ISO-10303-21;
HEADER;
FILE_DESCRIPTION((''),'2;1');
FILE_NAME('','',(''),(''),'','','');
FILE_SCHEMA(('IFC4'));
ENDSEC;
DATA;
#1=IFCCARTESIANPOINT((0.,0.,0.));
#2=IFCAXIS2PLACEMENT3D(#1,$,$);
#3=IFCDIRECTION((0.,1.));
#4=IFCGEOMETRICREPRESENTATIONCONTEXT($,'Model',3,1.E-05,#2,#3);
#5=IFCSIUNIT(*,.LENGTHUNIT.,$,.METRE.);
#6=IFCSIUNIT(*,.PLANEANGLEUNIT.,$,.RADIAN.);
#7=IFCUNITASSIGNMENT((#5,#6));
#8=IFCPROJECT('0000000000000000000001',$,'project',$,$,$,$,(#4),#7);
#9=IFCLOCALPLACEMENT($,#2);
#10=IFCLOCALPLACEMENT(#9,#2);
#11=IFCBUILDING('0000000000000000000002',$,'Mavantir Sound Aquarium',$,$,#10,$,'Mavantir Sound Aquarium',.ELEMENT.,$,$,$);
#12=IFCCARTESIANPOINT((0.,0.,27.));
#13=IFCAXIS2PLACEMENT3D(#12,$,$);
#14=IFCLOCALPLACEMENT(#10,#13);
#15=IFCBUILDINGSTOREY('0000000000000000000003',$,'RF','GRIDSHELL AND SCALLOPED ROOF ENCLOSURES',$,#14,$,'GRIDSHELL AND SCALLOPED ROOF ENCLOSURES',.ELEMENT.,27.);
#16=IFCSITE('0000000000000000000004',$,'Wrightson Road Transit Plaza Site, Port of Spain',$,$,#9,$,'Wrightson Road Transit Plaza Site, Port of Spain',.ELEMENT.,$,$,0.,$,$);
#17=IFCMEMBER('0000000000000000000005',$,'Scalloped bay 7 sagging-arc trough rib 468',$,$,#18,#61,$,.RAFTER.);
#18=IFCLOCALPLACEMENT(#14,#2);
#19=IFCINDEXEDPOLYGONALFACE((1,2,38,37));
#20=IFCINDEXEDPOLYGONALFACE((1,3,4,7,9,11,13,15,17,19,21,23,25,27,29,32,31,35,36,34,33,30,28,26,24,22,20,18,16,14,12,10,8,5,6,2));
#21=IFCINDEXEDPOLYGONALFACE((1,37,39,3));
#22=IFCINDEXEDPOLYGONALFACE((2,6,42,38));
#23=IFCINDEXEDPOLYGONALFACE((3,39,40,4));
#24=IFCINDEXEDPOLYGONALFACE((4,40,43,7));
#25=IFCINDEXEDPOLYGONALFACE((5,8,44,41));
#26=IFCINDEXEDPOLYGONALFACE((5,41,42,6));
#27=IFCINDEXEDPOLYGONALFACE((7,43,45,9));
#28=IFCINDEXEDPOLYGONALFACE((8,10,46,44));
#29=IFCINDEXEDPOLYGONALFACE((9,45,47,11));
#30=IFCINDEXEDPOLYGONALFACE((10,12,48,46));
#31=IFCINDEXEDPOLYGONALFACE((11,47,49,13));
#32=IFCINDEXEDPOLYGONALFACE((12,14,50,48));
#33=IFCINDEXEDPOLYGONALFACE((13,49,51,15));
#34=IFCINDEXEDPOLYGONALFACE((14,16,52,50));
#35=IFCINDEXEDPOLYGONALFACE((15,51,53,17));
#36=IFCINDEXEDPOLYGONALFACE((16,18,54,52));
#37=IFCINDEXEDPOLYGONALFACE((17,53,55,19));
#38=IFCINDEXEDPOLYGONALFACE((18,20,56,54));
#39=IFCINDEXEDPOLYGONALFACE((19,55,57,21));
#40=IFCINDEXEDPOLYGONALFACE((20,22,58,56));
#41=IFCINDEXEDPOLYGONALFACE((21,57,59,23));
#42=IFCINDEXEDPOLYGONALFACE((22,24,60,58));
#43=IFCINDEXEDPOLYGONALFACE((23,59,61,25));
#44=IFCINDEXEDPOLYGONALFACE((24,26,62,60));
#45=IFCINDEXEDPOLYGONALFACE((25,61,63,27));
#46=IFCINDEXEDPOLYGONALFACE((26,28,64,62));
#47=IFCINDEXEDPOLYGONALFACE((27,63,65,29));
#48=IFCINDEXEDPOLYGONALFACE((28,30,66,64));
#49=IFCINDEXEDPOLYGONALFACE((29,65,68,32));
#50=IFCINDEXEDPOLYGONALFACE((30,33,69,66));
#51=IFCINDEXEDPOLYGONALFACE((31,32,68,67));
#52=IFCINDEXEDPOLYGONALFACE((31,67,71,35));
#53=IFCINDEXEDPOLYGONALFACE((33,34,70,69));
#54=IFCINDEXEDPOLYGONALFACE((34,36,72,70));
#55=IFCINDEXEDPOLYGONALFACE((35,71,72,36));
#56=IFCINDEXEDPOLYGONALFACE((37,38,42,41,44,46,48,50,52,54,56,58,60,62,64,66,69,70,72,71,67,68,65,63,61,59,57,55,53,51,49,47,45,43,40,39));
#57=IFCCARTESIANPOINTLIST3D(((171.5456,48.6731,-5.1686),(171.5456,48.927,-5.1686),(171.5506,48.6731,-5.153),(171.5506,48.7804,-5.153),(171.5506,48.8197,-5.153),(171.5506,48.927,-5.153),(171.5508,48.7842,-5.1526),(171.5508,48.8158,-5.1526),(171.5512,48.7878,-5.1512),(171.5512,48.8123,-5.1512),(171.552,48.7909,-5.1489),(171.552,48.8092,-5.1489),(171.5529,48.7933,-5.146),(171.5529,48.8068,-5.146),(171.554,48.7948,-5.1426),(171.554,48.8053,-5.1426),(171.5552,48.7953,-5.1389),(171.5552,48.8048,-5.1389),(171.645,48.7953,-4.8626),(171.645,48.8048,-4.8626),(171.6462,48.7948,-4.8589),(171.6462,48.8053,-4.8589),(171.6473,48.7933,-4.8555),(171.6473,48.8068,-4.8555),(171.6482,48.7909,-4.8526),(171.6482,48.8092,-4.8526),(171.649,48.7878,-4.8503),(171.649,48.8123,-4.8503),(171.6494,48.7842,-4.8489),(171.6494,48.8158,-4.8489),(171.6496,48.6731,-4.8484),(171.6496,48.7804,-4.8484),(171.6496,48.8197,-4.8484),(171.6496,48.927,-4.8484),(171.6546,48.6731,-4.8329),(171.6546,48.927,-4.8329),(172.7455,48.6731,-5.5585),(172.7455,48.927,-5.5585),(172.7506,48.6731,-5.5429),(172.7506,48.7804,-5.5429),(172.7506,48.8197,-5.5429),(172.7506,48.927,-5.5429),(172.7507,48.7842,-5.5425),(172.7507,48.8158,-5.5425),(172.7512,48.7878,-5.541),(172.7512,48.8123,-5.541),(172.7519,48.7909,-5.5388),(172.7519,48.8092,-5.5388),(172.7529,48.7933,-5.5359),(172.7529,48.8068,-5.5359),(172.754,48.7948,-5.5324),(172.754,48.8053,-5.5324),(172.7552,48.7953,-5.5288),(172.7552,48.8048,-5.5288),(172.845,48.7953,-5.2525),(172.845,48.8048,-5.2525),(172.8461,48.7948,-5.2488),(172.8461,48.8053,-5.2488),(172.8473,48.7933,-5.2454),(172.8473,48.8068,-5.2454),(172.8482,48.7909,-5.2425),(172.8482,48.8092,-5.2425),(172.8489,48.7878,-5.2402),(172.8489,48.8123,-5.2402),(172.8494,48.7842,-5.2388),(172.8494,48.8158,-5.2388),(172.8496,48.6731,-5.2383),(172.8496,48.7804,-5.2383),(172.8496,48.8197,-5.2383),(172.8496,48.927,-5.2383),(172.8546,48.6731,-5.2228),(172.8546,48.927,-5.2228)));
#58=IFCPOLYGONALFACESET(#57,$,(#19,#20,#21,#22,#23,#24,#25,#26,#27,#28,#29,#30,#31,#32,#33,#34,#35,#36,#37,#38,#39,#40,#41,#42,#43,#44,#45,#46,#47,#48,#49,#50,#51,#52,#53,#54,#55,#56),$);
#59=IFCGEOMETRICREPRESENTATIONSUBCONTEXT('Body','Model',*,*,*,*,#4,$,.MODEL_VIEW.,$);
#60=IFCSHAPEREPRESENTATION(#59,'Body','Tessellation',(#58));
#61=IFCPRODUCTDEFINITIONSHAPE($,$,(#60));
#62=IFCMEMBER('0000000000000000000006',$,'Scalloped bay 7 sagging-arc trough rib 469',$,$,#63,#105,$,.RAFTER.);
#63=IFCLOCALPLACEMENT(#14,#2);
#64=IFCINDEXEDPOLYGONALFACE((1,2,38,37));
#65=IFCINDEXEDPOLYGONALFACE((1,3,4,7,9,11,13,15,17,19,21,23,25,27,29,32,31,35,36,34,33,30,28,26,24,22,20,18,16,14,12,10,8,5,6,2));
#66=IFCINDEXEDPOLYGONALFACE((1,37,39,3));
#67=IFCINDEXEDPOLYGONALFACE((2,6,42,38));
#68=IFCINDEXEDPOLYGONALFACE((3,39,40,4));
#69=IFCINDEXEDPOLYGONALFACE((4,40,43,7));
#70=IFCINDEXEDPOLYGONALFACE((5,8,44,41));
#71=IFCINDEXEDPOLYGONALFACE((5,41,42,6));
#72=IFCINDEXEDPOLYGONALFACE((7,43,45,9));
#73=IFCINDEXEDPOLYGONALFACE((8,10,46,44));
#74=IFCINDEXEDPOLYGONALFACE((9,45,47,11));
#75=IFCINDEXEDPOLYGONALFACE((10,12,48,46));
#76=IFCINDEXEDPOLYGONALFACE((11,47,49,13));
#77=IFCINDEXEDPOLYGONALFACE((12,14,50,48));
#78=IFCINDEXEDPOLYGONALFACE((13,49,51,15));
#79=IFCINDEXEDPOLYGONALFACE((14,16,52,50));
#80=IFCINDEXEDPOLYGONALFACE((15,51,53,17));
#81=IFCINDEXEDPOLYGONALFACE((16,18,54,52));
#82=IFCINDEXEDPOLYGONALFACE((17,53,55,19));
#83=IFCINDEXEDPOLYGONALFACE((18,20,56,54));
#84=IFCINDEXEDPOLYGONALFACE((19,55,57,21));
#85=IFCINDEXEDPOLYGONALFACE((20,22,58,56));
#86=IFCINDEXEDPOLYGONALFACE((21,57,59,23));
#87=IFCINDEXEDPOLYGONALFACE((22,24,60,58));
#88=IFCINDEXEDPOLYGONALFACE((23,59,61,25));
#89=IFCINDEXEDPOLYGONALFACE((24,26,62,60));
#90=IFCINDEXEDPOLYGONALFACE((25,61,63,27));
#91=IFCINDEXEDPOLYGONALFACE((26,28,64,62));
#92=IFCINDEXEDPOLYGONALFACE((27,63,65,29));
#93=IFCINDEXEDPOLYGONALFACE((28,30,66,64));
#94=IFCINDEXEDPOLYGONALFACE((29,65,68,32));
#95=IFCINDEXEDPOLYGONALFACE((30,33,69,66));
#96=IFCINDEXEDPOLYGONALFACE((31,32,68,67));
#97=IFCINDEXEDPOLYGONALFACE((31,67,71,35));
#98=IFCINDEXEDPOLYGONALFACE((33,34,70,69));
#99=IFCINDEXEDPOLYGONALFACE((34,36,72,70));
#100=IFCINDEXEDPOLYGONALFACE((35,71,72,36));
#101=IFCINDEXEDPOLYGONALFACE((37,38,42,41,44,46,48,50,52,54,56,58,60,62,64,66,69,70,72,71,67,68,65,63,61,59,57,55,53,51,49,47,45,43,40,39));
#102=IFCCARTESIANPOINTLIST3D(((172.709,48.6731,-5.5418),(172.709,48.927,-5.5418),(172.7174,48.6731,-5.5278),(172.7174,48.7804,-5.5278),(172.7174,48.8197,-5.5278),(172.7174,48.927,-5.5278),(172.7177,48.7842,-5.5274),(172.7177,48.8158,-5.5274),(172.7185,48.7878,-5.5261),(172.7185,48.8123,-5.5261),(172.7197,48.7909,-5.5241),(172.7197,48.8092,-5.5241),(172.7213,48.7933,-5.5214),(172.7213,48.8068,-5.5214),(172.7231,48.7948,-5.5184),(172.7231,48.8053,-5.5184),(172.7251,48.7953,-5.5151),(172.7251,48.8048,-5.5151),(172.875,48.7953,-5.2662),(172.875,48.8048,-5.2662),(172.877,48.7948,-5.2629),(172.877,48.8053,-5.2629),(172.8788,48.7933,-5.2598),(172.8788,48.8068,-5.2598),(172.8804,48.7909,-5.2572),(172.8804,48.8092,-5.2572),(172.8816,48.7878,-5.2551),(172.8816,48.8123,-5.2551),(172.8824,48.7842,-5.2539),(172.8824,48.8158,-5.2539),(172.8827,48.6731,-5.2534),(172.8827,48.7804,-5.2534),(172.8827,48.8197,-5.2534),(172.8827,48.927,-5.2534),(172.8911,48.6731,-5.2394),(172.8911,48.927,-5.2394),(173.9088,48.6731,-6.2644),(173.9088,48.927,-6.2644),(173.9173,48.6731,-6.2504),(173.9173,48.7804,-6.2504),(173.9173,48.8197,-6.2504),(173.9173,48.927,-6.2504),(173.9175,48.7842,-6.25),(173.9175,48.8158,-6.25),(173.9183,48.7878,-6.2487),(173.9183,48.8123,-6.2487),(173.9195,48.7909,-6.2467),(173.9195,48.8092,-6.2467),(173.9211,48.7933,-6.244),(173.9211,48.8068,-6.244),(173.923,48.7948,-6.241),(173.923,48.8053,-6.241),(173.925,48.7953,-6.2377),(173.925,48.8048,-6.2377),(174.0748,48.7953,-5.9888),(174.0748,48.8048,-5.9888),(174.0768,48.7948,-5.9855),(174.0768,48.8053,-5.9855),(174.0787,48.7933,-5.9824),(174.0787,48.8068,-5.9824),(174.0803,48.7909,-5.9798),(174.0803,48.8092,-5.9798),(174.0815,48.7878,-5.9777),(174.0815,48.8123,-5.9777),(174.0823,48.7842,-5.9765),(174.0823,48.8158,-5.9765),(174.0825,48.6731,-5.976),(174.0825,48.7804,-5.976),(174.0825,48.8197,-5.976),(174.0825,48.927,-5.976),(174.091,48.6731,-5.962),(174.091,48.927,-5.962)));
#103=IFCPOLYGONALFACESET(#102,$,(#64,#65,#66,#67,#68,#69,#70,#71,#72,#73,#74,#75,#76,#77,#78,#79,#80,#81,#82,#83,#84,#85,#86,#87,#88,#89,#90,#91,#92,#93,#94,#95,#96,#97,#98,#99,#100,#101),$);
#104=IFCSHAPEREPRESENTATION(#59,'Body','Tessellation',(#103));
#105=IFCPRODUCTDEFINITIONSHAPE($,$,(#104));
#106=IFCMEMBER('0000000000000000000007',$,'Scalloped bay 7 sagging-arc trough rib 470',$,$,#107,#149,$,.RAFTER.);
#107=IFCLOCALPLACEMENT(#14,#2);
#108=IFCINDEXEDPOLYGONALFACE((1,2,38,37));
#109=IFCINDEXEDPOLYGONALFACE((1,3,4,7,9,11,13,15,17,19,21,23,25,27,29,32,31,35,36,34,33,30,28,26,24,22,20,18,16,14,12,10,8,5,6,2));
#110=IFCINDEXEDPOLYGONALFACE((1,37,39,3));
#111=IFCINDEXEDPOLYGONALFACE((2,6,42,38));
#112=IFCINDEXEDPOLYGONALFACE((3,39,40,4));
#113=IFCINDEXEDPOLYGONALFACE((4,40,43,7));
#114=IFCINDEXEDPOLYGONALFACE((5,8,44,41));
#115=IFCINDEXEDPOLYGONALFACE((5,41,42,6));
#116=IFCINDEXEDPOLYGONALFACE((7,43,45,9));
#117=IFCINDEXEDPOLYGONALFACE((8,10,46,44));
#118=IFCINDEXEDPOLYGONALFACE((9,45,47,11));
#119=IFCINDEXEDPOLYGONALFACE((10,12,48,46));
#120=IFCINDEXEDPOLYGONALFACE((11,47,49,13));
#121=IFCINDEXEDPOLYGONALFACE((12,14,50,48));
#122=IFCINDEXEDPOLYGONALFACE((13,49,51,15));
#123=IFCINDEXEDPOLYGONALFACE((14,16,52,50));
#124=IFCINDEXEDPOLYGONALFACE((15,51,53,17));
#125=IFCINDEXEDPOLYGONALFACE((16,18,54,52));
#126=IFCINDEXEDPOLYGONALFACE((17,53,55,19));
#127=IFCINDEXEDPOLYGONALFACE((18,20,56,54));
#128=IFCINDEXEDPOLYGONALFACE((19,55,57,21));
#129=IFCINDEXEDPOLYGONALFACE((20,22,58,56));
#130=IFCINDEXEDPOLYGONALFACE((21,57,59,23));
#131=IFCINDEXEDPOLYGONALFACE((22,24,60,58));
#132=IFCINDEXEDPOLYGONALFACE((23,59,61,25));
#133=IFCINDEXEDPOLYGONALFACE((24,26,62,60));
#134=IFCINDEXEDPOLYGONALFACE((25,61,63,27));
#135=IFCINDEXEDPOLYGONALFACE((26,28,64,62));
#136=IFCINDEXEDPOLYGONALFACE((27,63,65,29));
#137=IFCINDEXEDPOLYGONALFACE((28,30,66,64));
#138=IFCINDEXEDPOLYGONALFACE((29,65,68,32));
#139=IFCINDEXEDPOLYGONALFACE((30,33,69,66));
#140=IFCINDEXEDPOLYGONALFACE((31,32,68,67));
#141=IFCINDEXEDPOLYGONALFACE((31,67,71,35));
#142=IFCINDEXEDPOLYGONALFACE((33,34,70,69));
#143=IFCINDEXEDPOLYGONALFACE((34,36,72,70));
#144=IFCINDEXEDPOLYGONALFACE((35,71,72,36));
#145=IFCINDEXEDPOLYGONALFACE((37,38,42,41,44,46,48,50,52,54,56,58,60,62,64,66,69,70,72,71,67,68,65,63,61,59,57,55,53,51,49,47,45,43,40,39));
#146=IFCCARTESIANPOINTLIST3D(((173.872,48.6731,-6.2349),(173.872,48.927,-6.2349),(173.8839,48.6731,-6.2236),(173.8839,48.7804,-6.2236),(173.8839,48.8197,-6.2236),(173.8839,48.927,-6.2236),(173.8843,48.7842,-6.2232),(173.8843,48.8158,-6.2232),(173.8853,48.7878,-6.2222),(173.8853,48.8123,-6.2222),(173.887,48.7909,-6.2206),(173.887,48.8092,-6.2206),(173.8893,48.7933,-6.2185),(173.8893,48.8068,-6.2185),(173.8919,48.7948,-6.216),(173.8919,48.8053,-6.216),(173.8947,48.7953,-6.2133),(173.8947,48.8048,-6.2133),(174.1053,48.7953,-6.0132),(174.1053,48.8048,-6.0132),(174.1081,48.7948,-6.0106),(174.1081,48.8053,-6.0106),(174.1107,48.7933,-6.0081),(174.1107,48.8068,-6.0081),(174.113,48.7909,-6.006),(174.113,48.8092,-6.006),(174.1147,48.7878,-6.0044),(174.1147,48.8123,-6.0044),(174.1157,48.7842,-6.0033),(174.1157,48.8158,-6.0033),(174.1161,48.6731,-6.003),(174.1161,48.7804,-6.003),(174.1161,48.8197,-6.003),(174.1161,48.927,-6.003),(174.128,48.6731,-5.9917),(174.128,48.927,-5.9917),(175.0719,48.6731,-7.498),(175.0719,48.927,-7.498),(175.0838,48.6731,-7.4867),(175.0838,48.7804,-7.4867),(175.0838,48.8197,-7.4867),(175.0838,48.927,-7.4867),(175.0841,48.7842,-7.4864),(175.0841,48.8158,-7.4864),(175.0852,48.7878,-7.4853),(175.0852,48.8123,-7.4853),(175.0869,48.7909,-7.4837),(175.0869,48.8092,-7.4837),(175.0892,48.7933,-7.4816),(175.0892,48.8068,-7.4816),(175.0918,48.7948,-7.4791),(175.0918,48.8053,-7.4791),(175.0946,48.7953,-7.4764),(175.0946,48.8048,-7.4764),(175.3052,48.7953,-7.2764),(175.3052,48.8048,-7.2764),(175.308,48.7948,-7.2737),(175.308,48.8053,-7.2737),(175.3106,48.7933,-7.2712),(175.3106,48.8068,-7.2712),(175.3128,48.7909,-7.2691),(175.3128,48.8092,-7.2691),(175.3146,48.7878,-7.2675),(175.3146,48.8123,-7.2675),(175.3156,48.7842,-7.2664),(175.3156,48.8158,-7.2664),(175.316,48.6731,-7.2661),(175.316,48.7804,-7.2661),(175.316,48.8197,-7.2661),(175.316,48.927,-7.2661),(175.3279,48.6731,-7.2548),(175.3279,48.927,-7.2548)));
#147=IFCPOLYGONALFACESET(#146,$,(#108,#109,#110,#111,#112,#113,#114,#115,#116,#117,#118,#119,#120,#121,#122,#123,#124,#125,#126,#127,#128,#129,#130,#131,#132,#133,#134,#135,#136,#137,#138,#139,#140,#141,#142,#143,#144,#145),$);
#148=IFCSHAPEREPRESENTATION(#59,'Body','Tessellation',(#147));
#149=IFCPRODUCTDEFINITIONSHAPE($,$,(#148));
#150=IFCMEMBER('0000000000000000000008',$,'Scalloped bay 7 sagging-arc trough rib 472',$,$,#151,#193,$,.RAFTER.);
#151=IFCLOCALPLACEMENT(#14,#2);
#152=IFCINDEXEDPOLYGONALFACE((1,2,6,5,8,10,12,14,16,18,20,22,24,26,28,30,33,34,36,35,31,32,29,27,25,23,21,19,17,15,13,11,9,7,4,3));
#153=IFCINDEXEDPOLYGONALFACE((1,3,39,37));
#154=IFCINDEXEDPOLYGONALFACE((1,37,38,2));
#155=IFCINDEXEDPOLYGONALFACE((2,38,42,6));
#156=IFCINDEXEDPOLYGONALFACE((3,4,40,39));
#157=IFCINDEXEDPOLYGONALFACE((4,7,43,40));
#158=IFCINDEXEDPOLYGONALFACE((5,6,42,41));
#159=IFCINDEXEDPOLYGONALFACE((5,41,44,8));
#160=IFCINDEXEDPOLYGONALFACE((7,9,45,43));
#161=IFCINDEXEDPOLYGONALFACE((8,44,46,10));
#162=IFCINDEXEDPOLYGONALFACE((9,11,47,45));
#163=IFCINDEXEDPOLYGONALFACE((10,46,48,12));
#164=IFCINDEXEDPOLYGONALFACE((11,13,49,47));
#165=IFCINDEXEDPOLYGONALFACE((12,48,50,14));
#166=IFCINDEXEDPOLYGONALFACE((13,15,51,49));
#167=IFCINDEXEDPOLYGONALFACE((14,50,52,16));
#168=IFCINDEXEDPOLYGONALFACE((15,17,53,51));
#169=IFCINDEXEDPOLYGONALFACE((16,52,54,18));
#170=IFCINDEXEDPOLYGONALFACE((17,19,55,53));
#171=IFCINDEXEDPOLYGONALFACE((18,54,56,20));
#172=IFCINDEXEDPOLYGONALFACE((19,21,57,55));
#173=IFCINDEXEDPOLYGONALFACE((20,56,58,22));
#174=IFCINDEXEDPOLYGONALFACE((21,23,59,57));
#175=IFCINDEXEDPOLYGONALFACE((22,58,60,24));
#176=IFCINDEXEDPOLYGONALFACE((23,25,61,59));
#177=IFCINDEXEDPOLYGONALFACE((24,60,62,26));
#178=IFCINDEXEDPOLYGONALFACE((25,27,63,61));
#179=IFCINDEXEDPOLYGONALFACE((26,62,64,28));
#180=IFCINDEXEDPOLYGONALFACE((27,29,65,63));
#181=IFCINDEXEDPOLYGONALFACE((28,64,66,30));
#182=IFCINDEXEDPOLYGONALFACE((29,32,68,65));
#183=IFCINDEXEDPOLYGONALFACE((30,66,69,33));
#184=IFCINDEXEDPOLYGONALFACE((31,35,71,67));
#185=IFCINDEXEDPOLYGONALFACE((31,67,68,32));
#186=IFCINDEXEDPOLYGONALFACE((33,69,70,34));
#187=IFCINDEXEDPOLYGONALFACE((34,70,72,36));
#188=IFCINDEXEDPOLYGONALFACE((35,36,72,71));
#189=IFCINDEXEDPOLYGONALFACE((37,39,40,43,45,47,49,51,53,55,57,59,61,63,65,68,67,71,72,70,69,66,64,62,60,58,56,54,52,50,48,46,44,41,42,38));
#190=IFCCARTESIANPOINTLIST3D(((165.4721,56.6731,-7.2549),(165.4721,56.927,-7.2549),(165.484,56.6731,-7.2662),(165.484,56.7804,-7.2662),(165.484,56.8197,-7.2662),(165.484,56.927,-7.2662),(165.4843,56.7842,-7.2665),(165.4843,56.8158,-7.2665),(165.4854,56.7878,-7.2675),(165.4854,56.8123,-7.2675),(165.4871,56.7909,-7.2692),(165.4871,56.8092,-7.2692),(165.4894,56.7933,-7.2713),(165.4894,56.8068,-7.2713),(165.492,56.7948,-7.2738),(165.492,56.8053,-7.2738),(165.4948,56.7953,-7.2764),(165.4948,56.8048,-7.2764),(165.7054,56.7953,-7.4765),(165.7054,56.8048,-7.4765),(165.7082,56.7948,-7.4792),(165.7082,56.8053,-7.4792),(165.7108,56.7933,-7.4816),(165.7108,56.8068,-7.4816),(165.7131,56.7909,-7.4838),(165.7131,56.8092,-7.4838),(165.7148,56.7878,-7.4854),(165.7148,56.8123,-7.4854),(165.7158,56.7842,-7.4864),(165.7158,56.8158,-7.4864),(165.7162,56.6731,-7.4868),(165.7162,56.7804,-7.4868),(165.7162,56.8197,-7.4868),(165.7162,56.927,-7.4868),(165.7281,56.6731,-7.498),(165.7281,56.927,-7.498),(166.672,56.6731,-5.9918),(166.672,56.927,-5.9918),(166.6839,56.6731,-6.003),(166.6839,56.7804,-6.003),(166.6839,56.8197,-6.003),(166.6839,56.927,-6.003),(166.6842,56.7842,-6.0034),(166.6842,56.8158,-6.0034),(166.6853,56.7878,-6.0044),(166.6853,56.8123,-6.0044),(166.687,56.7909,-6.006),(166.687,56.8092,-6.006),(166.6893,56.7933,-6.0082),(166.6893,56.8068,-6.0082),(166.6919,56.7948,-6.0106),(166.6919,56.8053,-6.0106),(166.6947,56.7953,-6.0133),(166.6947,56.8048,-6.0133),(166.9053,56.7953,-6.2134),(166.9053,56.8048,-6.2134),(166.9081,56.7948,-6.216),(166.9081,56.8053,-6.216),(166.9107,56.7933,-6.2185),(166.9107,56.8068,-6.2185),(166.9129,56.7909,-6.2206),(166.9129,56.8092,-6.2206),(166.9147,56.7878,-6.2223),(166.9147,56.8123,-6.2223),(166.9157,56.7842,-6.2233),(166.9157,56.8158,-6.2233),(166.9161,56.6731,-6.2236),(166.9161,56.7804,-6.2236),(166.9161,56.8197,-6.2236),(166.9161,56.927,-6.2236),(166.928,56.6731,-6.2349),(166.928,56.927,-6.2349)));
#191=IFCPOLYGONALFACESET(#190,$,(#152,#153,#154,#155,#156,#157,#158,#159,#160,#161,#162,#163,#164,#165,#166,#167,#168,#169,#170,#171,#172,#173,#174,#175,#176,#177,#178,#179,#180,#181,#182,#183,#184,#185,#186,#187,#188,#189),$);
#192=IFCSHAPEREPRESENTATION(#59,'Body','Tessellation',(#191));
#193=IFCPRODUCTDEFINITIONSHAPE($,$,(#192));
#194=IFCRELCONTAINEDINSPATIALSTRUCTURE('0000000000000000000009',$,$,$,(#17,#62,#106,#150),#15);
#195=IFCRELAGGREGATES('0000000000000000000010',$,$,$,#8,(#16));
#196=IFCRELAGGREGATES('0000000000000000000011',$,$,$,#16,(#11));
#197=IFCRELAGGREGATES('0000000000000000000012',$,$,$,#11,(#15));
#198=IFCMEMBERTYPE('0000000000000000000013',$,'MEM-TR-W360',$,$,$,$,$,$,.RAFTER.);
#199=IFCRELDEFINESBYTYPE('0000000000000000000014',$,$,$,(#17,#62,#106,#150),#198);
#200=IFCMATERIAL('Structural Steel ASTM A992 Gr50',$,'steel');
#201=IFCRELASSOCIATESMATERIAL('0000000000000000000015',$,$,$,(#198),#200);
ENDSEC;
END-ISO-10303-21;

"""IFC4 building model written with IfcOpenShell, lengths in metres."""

from ifc_helpers import new_model, si_unit, direction, frame, origin, origin_2d, place, context, subcontext, project, spatial, i_section, extrude, material, material_profile, profile_set, type_object, element, save


model = new_model("IFC4")

# Units and contexts
model_context = context("Model", 3, precision=1e-05, world=origin(), true_north=direction((0.0, 1.0)))
body_context = subcontext(model_context, "Body", "Model", "MODEL_VIEW")
ifc_project = project(units=[si_unit("LENGTHUNIT", "METRE"), si_unit("PLANEANGLEUNIT", "RADIAN")], contexts=[model_context])

# Site, building, storey
site_placement = place(None, origin())
site = spatial("IfcSite", under=ifc_project, at=site_placement, Name="Wrightson Road Transit Plaza Site, Port of Spain", LongName="Wrightson Road Transit Plaza Site, Port of Spain", CompositionType="ELEMENT", RefElevation=0.0)
building_placement = place(site_placement, origin())
building = spatial("IfcBuilding", under=site, at=building_placement, Name="Mavantir Sound Aquarium", LongName="Mavantir Sound Aquarium", CompositionType="ELEMENT")
storey_placement = place(building_placement, frame((0.0, 0.0, 27.0)))
storey = spatial("IfcBuildingStorey", under=building, at=storey_placement, Name="RF", Description="GRIDSHELL AND SCALLOPED ROOF ENCLOSURES", LongName="GRIDSHELL AND SCALLOPED ROOF ENCLOSURES", CompositionType="ELEMENT", Elevation=27.0)

# Shared definitions
ifc_material_1 = material(Name="Structural Steel ASTM A992 Gr50", Category="steel")

# Members
ifc_material_profile_1 = material_profile(ifc_material_1, i_section(OverallWidth=0.2539, OverallDepth=0.353, WebThickness=0.0095, FlangeThickness=0.0164, FilletRadius=0.0149, at=origin_2d()), Name="W360X91")
ifc_profile_set_1 = profile_set([ifc_material_profile_1], Name="Structural Steel ASTM A992 Gr50")
member_type_1 = type_object("IfcMemberType", Name="MEM-TR-W360", PredefinedType="RAFTER", material=ifc_profile_set_1)
member_1_placement = place(storey_placement, frame((171.6001, 48.8, -5.0007), z_axis=(0.951055, 0.0, -0.30902), x_axis=(0.0, 1.0, 0.0)))
element("IfcMember", 1, at=member_1_placement, inside=storey, type_object=member_type_1, Name="Scalloped bay 7 sagging-arc trough rib 468", PredefinedType="RAFTER", context=body_context, shape_type="SweptSolid", body=[
    extrude(i_section(OverallWidth=0.2539, OverallDepth=0.353, WebThickness=0.0095, FlangeThickness=0.0164, FilletRadius=0.0149, at=origin_2d()), origin(), (0.0, 0.0, 1.0), 1.2617),
])
member_2_placement = place(storey_placement, frame((172.8, 48.8, -5.3906), z_axis=(0.856646, 0.0, -0.515905), x_axis=(0.0, 1.0, 0.0)))
element("IfcMember", 2, at=member_2_placement, inside=storey, type_object=member_type_1, Name="Scalloped bay 7 sagging-arc trough rib 469", PredefinedType="RAFTER", context=body_context, shape_type="SweptSolid", body=[
    extrude(i_section(OverallWidth=0.2539, OverallDepth=0.353, WebThickness=0.0095, FlangeThickness=0.0164, FilletRadius=0.0149, at=origin_2d()), origin(), (0.0, 0.0, 1.0), 1.4006),
])
for number, where, z_axis, x_axis, name in (
    (3, (174.0, 48.8, -6.1133), (0.688727, 0.0, -0.72502), (0.0, 1.0, 0.0), "Scalloped bay 7 sagging-arc trough rib 470"),
    (4, (165.6001, 56.8, -7.3765), (0.688727, 0.0, 0.72502), (0.0, 1.0, 0.0), "Scalloped bay 7 sagging-arc trough rib 472"),
):
    element("IfcMember", number, at=place(storey_placement, frame(where, z_axis=z_axis, x_axis=x_axis)), inside=storey, type_object=member_type_1, Name=name, PredefinedType="RAFTER", context=body_context, shape_type="SweptSolid", body=[
        extrude(i_section(OverallWidth=0.2539, OverallDepth=0.353, WebThickness=0.0095, FlangeThickness=0.0164, FilletRadius=0.0149, at=origin_2d()), origin(), (0.0, 0.0, 1.0), 1.7422),
    ])

save(model, "model.ifc")
